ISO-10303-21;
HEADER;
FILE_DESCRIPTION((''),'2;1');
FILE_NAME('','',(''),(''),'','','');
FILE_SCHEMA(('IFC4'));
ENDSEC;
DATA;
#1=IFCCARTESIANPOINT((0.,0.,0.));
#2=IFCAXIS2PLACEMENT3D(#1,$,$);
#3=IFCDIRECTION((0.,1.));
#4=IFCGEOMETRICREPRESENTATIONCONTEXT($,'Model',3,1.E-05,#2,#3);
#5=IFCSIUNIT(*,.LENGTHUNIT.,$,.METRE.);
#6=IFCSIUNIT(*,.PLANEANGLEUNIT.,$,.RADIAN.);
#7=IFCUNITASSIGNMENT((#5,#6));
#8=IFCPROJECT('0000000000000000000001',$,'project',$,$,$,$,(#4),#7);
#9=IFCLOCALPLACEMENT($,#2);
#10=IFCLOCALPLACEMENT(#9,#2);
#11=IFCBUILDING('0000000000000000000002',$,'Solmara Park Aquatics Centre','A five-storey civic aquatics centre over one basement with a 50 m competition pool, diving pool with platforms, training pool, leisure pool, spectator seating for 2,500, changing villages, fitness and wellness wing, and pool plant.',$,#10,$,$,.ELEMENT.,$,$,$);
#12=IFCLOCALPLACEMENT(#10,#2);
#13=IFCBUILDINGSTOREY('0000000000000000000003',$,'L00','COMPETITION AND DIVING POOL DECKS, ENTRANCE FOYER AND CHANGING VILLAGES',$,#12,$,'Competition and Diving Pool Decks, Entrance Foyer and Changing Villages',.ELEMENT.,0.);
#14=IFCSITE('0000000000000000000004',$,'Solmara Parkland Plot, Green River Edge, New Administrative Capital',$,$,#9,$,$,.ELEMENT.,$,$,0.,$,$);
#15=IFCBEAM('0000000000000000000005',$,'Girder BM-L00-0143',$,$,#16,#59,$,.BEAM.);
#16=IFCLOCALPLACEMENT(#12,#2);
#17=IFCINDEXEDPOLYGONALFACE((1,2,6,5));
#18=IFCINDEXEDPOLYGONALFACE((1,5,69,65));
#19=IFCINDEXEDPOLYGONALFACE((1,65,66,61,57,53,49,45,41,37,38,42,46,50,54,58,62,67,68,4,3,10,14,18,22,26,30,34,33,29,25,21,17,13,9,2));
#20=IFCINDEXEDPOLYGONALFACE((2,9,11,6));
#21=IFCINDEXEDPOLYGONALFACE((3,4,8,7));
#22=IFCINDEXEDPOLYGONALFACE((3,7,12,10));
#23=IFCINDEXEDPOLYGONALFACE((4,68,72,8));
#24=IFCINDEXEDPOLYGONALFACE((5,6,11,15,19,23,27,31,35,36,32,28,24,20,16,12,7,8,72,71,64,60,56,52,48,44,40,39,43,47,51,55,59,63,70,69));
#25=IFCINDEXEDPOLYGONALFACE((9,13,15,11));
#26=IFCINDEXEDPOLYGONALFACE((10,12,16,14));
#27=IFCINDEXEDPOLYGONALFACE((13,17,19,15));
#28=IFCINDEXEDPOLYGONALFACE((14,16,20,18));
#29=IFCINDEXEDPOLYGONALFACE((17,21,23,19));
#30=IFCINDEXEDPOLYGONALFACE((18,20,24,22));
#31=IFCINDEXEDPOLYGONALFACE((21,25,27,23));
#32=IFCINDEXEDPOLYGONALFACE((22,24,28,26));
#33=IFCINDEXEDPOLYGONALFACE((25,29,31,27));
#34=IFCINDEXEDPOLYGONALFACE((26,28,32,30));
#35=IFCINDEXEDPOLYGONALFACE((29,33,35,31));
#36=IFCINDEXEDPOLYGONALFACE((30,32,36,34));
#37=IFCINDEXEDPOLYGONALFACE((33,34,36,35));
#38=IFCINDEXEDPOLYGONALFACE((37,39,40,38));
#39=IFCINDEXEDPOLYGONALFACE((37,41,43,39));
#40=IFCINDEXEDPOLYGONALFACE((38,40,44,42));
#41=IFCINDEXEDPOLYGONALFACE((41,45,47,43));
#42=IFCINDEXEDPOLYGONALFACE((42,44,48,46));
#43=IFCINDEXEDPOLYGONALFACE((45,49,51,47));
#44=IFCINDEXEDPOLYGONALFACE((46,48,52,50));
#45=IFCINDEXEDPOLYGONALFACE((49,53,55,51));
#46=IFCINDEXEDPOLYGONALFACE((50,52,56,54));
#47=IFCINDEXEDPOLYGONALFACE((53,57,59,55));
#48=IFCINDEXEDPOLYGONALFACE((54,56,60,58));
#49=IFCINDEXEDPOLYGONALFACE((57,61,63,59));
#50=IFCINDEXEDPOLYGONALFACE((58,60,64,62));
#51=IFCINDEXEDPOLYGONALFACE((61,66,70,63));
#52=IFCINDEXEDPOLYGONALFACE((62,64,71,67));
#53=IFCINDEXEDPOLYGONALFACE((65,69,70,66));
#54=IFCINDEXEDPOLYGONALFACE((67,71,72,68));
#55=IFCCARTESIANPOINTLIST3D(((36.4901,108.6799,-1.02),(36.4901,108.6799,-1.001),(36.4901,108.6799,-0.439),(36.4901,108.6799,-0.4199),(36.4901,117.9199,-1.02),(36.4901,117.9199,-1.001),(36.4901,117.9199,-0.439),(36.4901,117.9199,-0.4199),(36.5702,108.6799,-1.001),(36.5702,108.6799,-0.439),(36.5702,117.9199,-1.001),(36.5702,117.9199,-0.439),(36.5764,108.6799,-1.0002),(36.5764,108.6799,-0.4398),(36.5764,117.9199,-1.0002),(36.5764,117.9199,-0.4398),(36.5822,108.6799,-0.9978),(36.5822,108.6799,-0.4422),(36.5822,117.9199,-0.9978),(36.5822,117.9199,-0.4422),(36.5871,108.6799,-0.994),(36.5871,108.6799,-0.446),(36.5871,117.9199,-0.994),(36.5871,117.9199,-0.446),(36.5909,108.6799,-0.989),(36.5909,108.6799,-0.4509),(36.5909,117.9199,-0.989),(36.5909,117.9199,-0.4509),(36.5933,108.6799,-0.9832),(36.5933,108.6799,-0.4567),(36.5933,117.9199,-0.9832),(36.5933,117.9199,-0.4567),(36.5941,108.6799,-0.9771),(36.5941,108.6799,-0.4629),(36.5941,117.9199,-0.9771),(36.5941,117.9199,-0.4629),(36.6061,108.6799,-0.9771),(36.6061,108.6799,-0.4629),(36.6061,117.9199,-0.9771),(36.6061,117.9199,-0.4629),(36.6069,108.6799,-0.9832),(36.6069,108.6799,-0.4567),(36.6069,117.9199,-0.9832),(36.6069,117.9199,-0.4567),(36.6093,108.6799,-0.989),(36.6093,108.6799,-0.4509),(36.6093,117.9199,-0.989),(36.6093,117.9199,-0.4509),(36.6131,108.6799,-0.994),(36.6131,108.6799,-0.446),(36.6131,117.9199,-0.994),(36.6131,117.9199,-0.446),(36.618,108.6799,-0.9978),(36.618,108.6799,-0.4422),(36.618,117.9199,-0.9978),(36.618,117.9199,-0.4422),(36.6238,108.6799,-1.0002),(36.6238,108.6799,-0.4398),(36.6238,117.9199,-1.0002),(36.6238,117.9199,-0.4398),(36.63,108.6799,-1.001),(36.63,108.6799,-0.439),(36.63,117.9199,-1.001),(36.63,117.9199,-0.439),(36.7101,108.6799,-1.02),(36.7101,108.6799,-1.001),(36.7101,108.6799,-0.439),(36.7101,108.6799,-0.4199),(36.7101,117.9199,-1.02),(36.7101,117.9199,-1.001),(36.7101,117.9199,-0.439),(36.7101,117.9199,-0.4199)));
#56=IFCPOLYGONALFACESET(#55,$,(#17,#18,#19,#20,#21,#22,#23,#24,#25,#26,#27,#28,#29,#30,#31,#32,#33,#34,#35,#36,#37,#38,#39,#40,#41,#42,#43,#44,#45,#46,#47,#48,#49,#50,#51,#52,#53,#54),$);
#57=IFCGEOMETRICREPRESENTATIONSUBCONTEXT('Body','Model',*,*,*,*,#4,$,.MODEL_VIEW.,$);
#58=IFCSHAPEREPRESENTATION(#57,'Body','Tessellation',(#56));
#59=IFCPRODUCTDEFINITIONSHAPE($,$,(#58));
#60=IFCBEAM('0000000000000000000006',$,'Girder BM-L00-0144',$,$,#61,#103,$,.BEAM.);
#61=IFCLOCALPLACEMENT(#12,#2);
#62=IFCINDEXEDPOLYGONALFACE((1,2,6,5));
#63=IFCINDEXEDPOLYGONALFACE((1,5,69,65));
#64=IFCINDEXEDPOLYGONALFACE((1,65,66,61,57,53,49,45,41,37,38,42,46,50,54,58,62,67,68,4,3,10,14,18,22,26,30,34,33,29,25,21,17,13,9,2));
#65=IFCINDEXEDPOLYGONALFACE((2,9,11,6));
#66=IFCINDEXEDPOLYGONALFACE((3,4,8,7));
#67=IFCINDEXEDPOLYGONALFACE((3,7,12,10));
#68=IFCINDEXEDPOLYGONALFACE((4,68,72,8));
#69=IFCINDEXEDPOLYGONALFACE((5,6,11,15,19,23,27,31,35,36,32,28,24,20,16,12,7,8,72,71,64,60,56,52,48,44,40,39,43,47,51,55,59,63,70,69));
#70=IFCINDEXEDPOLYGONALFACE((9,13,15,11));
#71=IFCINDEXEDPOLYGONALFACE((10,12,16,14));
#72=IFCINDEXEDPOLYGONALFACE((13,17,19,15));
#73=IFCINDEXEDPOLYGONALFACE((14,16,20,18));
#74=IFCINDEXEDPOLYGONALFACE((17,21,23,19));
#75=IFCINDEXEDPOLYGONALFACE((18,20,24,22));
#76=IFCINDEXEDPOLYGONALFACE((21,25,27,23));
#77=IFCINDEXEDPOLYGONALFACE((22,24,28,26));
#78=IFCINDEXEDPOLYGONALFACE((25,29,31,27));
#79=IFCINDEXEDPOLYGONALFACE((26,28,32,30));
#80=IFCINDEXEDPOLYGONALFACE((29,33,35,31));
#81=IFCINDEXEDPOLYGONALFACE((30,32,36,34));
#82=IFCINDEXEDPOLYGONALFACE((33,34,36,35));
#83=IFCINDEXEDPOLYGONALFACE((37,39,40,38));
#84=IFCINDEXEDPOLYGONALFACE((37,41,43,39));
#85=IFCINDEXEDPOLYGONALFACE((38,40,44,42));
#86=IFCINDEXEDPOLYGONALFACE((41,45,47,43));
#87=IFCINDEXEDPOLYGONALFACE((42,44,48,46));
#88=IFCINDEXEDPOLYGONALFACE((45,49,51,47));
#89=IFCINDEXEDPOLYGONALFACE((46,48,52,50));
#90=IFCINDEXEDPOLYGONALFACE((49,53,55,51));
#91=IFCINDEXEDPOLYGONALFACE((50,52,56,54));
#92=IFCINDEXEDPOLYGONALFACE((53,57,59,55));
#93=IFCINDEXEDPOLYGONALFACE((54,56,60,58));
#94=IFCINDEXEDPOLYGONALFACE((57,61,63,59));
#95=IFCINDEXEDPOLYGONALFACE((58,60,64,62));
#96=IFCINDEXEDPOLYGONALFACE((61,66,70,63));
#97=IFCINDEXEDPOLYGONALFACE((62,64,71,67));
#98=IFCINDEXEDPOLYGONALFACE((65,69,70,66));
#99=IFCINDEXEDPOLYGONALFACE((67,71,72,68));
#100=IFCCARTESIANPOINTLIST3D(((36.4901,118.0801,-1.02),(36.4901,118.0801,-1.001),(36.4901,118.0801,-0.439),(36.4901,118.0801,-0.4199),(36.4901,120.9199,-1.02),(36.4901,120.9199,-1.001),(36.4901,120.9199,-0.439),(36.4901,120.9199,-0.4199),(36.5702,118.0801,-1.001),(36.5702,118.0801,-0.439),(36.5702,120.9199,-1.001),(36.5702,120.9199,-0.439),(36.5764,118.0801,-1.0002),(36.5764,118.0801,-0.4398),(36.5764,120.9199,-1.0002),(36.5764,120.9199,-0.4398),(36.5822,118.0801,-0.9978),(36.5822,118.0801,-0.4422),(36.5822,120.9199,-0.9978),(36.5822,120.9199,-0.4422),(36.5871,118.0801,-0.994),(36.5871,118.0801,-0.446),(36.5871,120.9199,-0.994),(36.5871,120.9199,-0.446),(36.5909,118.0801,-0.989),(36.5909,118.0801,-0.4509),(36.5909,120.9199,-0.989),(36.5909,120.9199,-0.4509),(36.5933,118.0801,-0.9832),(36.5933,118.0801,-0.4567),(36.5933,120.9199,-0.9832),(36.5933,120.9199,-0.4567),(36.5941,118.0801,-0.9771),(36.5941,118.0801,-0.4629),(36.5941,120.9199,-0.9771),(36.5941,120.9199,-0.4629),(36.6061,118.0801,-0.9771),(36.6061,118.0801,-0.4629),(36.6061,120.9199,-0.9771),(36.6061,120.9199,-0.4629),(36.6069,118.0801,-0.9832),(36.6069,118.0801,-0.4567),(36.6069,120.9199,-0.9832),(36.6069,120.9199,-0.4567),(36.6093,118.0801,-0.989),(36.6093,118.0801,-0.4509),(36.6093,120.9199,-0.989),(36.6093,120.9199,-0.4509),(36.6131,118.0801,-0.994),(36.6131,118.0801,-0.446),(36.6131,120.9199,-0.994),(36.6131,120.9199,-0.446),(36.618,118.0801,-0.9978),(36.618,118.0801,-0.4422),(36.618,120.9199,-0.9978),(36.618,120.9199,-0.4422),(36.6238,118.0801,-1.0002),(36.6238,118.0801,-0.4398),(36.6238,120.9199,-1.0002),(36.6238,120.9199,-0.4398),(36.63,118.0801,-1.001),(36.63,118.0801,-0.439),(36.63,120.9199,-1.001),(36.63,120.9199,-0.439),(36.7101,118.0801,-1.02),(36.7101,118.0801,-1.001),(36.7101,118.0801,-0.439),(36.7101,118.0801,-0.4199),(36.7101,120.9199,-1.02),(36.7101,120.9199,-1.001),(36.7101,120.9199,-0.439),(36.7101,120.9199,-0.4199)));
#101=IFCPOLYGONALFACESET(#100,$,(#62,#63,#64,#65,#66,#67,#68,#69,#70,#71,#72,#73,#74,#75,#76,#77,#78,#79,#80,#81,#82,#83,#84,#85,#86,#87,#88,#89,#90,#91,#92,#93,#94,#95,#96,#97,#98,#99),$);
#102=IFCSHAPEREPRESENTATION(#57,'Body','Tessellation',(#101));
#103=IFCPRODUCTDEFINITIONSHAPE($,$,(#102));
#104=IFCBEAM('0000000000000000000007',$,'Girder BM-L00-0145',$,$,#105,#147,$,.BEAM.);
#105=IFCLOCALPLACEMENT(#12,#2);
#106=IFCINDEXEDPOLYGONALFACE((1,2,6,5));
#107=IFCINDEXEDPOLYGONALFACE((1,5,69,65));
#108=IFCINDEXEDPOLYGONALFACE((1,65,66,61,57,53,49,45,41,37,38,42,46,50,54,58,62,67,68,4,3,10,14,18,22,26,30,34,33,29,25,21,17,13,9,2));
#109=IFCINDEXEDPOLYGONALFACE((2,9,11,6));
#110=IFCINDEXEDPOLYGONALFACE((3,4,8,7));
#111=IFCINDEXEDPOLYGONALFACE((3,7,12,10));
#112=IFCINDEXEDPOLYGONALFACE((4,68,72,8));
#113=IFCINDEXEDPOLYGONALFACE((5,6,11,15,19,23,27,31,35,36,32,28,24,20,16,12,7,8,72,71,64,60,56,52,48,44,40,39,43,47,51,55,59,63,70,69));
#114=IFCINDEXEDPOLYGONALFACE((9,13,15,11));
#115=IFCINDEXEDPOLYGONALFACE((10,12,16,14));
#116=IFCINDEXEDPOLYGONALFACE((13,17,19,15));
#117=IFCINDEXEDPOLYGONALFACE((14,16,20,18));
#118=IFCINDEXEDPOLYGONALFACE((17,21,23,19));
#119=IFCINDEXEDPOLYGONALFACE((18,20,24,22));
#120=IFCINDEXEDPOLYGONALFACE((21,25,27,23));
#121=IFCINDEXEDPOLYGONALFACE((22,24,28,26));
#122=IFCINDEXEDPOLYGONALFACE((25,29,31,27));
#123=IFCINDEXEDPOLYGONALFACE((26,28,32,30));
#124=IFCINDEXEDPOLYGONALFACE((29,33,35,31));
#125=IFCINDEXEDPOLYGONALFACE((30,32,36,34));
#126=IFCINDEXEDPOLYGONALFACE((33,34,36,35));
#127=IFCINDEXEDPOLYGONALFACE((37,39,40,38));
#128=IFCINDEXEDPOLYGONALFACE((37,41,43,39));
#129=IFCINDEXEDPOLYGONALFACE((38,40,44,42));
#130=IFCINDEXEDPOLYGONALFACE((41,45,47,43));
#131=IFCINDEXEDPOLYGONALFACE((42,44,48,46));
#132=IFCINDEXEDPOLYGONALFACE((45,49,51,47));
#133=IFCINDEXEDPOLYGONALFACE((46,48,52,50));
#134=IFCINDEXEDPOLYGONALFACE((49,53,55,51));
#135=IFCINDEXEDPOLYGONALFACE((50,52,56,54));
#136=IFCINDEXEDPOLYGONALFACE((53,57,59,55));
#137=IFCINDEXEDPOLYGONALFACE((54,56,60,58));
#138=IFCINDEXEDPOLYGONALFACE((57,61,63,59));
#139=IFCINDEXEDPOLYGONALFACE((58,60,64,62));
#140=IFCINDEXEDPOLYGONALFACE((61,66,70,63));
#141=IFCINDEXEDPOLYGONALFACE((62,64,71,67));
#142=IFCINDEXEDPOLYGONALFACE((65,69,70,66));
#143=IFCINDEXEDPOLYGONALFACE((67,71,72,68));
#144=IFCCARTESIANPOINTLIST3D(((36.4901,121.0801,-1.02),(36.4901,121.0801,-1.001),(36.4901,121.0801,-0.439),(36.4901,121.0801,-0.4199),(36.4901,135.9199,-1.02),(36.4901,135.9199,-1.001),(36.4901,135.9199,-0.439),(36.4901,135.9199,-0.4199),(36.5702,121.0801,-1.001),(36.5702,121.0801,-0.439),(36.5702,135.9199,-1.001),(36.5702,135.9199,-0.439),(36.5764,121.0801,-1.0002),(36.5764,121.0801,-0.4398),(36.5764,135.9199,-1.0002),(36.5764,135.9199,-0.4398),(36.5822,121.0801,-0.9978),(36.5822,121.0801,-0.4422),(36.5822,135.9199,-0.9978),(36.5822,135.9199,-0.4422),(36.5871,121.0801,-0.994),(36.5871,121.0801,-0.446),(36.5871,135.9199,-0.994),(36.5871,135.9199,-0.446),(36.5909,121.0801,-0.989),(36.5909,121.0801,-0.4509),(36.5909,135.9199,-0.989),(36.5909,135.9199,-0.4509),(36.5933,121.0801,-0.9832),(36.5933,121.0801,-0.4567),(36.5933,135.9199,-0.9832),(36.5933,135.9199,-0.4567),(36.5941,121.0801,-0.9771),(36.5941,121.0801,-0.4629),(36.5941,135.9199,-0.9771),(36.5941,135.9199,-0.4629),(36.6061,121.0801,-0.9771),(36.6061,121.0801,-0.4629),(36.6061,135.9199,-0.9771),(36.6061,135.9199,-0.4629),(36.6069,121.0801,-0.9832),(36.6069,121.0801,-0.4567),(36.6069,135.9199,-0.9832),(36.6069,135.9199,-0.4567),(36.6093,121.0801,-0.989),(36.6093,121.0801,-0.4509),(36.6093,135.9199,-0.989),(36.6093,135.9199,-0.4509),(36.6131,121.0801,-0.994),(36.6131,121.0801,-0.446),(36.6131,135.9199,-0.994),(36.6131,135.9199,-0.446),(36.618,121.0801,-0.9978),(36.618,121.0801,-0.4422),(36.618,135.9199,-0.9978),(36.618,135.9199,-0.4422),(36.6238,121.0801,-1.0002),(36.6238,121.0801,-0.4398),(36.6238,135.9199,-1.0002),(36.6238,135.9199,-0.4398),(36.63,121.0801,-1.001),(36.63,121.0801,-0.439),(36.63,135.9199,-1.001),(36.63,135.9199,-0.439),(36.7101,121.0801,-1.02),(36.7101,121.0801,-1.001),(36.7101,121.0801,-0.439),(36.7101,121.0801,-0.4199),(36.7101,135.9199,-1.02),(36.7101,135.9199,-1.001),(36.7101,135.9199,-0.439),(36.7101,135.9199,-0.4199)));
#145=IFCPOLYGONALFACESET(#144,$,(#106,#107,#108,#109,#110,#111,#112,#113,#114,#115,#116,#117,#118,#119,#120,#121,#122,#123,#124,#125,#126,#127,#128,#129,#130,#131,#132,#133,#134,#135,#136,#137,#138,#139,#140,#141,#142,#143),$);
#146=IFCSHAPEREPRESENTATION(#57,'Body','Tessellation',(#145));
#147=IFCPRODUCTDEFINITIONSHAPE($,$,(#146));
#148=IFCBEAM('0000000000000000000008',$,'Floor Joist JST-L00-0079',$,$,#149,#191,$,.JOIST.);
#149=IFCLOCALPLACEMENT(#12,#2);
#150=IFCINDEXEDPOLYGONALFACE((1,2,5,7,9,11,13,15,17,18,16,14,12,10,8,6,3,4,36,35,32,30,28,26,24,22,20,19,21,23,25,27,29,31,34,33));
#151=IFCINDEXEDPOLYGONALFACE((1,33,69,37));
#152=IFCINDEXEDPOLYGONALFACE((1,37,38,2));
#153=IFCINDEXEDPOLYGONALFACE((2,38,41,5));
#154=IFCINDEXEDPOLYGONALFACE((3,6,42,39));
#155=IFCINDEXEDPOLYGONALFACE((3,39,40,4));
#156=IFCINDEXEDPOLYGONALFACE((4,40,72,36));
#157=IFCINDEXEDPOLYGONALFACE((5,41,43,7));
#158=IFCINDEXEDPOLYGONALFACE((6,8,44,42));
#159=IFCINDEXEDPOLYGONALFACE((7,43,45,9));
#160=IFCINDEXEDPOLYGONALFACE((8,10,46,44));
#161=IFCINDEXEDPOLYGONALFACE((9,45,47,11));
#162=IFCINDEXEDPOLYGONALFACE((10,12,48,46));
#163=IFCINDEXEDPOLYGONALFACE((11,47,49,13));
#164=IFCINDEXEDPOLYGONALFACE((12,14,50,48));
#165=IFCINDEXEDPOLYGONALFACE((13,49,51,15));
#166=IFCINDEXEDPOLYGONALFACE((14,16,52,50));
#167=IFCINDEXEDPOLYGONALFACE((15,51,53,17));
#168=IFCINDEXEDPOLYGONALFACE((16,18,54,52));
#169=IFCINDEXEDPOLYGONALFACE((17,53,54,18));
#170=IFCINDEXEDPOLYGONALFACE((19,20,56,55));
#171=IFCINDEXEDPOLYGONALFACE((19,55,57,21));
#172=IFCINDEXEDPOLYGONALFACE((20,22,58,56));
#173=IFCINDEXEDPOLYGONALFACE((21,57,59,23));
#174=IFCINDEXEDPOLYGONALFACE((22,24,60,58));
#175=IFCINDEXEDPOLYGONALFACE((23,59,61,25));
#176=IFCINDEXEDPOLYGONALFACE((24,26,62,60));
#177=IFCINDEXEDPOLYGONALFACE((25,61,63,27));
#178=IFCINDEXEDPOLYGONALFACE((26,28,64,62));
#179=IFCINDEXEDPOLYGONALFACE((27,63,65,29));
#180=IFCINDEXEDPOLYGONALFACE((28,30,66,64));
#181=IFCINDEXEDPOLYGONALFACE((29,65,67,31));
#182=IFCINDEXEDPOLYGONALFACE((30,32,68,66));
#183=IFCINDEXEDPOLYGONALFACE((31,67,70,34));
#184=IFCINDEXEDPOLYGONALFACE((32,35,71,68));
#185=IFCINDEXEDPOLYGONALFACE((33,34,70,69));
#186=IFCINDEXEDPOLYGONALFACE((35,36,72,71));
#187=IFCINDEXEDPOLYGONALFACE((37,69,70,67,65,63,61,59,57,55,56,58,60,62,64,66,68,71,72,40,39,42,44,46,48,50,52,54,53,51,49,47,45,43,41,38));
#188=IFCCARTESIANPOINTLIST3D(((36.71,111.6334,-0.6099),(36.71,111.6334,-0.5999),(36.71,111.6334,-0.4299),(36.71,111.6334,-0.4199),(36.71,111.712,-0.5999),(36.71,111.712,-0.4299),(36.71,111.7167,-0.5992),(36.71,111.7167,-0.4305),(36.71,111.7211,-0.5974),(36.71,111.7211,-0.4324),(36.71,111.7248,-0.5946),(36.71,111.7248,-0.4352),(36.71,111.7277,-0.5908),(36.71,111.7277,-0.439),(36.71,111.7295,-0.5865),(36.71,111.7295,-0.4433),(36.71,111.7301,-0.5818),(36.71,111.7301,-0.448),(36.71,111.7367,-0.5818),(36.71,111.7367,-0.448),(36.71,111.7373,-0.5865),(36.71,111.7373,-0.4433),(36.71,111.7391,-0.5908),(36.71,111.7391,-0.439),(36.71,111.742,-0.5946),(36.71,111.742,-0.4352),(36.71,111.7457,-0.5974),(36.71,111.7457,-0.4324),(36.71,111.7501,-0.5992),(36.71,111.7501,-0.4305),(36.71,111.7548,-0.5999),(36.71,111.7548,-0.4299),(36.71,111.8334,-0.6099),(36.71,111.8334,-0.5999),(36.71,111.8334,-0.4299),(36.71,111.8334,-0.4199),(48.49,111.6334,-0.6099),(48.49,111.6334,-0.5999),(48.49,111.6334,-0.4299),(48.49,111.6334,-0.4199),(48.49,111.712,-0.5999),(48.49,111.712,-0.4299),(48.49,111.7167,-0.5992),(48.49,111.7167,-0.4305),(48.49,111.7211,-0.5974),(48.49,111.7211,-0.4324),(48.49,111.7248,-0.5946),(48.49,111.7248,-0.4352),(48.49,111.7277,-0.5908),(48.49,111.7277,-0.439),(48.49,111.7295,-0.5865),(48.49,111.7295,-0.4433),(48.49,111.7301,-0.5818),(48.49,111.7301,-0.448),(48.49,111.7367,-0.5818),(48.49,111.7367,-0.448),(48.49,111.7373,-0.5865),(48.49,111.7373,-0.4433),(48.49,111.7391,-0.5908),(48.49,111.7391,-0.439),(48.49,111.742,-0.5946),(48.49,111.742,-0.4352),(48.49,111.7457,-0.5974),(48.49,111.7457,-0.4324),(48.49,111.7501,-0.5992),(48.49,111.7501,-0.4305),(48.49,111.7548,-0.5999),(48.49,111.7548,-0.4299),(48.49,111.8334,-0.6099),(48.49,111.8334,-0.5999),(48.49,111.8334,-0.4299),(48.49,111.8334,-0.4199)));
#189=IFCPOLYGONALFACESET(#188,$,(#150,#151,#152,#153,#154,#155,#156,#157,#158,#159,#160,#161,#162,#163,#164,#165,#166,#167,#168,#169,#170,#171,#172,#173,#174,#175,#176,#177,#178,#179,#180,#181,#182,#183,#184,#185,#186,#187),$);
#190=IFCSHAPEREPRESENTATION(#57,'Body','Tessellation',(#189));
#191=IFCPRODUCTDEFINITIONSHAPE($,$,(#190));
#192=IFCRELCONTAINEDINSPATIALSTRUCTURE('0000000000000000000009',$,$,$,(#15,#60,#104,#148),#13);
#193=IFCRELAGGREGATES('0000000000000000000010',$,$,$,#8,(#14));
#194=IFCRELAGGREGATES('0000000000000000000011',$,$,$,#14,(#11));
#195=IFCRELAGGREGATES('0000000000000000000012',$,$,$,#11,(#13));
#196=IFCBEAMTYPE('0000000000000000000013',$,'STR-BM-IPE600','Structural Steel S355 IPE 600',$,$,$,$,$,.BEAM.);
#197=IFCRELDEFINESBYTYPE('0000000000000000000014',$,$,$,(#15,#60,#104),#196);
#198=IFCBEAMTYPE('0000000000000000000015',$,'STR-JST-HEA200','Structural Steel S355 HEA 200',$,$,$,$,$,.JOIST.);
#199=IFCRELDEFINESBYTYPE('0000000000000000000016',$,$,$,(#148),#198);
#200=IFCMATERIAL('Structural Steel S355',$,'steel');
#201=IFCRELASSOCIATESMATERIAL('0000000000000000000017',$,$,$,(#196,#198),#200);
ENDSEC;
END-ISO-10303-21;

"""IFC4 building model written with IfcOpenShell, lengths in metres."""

from ifc_helpers import new_model, si_unit, direction, frame, origin, origin_2d, place, context, subcontext, project, spatial, i_section, extrude, material, material_profile, profile_set, type_object, element, save


model = new_model("IFC4")

# Units and contexts
model_context = context("Model", 3, precision=1e-05, world=origin(), true_north=direction((0.0, 1.0)))
body_context = subcontext(model_context, "Body", "Model", "MODEL_VIEW")
ifc_project = project(units=[si_unit("LENGTHUNIT", "METRE"), si_unit("PLANEANGLEUNIT", "RADIAN")], contexts=[model_context])

# Site, building, storey
site_placement = place(None, origin())
site = spatial("IfcSite", under=ifc_project, at=site_placement, Name="Solmara Parkland Plot, Green River Edge, New Administrative Capital", CompositionType="ELEMENT", RefElevation=0.0)
building_placement = place(site_placement, origin())
building = spatial("IfcBuilding", under=site, at=building_placement, Name="Solmara Park Aquatics Centre", Description="A five-storey civic aquatics centre over one basement with a 50 m competition pool, diving pool with platforms, training pool, leisure pool, spectator seating for 2,500, changing villages, fitness and wellness wing, and pool plant.", CompositionType="ELEMENT")
storey_placement = place(building_placement, origin())
storey = spatial("IfcBuildingStorey", under=building, at=storey_placement, Name="L00", Description="COMPETITION AND DIVING POOL DECKS, ENTRANCE FOYER AND CHANGING VILLAGES", LongName="Competition and Diving Pool Decks, Entrance Foyer and Changing Villages", CompositionType="ELEMENT", Elevation=0.0)

# Beams
ifc_material_1 = material(Name="Structural Steel S355", Category="steel")
ifc_material_profile_1 = material_profile(ifc_material_1, i_section(OverallWidth=0.22, OverallDepth=0.6001, WebThickness=0.012, FlangeThickness=0.019, FilletRadius=0.0239, at=origin_2d()), Name="IPE 600")
ifc_profile_set_1 = profile_set([ifc_material_profile_1], Name="Structural Steel S355")
beam_type_1 = type_object("IfcBeamType", Name="STR-BM-IPE600", Description="Structural Steel S355 IPE 600", PredefinedType="BEAM", material=ifc_profile_set_1)
beam_1_placement = place(storey_placement, frame((36.6001, 108.6799, -0.72), z_axis=(0.0, 1.0, 0.0), x_axis=(-1.0, 0.0, 0.0)))
element("IfcBeam", 1, at=beam_1_placement, inside=storey, type_object=beam_type_1, Name="Girder BM-L00-0143", PredefinedType="BEAM", context=body_context, shape_type="SweptSolid", body=[
    extrude(i_section(OverallWidth=0.22, OverallDepth=0.6001, WebThickness=0.012, FlangeThickness=0.019, FilletRadius=0.0239, at=origin_2d()), origin(), (0.0, 0.0, 1.0), 9.24),
])
beam_2_placement = place(storey_placement, frame((36.6001, 118.0801, -0.72), z_axis=(0.0, 1.0, 0.0), x_axis=(-1.0, 0.0, 0.0)))
element("IfcBeam", 2, at=beam_2_placement, inside=storey, type_object=beam_type_1, Name="Girder BM-L00-0144", PredefinedType="BEAM", context=body_context, shape_type="SweptSolid", body=[
    extrude(i_section(OverallWidth=0.22, OverallDepth=0.6001, WebThickness=0.012, FlangeThickness=0.019, FilletRadius=0.0239, at=origin_2d()), origin(), (0.0, 0.0, 1.0), 2.8398),
])
beam_3_placement = place(storey_placement, frame((36.6001, 121.0801, -0.72), z_axis=(0.0, 1.0, 0.0), x_axis=(-1.0, 0.0, 0.0)))
element("IfcBeam", 3, at=beam_3_placement, inside=storey, type_object=beam_type_1, Name="Girder BM-L00-0145", PredefinedType="BEAM", context=body_context, shape_type="SweptSolid", body=[
    extrude(i_section(OverallWidth=0.22, OverallDepth=0.6001, WebThickness=0.012, FlangeThickness=0.019, FilletRadius=0.0239, at=origin_2d()), origin(), (0.0, 0.0, 1.0), 14.8398),
])
ifc_material_profile_2 = material_profile(ifc_material_1, i_section(OverallWidth=0.2, OverallDepth=0.1899, WebThickness=0.0066, FlangeThickness=0.01, FilletRadius=0.0181, at=origin_2d()), Name="HEA 200")
ifc_profile_set_2 = profile_set([ifc_material_profile_2], Name="Structural Steel S355")
beam_type_2 = type_object("IfcBeamType", Name="STR-JST-HEA200", Description="Structural Steel S355 HEA 200", PredefinedType="JOIST", material=ifc_profile_set_2)
beam_4_placement = place(storey_placement, frame((36.71, 111.7334, -0.5149), z_axis=(1.0, 0.0, 0.0), x_axis=(0.0, 1.0, 0.0)))
element("IfcBeam", 4, at=beam_4_placement, inside=storey, type_object=beam_type_2, Name="Floor Joist JST-L00-0079", PredefinedType="JOIST", context=body_context, shape_type="SweptSolid", body=[
    extrude(i_section(OverallWidth=0.2, OverallDepth=0.1899, WebThickness=0.0066, FlangeThickness=0.01, FilletRadius=0.0181, at=origin_2d()), origin(), (0.0, 0.0, 1.0), 11.78),
])

save(model, "model.ifc")
